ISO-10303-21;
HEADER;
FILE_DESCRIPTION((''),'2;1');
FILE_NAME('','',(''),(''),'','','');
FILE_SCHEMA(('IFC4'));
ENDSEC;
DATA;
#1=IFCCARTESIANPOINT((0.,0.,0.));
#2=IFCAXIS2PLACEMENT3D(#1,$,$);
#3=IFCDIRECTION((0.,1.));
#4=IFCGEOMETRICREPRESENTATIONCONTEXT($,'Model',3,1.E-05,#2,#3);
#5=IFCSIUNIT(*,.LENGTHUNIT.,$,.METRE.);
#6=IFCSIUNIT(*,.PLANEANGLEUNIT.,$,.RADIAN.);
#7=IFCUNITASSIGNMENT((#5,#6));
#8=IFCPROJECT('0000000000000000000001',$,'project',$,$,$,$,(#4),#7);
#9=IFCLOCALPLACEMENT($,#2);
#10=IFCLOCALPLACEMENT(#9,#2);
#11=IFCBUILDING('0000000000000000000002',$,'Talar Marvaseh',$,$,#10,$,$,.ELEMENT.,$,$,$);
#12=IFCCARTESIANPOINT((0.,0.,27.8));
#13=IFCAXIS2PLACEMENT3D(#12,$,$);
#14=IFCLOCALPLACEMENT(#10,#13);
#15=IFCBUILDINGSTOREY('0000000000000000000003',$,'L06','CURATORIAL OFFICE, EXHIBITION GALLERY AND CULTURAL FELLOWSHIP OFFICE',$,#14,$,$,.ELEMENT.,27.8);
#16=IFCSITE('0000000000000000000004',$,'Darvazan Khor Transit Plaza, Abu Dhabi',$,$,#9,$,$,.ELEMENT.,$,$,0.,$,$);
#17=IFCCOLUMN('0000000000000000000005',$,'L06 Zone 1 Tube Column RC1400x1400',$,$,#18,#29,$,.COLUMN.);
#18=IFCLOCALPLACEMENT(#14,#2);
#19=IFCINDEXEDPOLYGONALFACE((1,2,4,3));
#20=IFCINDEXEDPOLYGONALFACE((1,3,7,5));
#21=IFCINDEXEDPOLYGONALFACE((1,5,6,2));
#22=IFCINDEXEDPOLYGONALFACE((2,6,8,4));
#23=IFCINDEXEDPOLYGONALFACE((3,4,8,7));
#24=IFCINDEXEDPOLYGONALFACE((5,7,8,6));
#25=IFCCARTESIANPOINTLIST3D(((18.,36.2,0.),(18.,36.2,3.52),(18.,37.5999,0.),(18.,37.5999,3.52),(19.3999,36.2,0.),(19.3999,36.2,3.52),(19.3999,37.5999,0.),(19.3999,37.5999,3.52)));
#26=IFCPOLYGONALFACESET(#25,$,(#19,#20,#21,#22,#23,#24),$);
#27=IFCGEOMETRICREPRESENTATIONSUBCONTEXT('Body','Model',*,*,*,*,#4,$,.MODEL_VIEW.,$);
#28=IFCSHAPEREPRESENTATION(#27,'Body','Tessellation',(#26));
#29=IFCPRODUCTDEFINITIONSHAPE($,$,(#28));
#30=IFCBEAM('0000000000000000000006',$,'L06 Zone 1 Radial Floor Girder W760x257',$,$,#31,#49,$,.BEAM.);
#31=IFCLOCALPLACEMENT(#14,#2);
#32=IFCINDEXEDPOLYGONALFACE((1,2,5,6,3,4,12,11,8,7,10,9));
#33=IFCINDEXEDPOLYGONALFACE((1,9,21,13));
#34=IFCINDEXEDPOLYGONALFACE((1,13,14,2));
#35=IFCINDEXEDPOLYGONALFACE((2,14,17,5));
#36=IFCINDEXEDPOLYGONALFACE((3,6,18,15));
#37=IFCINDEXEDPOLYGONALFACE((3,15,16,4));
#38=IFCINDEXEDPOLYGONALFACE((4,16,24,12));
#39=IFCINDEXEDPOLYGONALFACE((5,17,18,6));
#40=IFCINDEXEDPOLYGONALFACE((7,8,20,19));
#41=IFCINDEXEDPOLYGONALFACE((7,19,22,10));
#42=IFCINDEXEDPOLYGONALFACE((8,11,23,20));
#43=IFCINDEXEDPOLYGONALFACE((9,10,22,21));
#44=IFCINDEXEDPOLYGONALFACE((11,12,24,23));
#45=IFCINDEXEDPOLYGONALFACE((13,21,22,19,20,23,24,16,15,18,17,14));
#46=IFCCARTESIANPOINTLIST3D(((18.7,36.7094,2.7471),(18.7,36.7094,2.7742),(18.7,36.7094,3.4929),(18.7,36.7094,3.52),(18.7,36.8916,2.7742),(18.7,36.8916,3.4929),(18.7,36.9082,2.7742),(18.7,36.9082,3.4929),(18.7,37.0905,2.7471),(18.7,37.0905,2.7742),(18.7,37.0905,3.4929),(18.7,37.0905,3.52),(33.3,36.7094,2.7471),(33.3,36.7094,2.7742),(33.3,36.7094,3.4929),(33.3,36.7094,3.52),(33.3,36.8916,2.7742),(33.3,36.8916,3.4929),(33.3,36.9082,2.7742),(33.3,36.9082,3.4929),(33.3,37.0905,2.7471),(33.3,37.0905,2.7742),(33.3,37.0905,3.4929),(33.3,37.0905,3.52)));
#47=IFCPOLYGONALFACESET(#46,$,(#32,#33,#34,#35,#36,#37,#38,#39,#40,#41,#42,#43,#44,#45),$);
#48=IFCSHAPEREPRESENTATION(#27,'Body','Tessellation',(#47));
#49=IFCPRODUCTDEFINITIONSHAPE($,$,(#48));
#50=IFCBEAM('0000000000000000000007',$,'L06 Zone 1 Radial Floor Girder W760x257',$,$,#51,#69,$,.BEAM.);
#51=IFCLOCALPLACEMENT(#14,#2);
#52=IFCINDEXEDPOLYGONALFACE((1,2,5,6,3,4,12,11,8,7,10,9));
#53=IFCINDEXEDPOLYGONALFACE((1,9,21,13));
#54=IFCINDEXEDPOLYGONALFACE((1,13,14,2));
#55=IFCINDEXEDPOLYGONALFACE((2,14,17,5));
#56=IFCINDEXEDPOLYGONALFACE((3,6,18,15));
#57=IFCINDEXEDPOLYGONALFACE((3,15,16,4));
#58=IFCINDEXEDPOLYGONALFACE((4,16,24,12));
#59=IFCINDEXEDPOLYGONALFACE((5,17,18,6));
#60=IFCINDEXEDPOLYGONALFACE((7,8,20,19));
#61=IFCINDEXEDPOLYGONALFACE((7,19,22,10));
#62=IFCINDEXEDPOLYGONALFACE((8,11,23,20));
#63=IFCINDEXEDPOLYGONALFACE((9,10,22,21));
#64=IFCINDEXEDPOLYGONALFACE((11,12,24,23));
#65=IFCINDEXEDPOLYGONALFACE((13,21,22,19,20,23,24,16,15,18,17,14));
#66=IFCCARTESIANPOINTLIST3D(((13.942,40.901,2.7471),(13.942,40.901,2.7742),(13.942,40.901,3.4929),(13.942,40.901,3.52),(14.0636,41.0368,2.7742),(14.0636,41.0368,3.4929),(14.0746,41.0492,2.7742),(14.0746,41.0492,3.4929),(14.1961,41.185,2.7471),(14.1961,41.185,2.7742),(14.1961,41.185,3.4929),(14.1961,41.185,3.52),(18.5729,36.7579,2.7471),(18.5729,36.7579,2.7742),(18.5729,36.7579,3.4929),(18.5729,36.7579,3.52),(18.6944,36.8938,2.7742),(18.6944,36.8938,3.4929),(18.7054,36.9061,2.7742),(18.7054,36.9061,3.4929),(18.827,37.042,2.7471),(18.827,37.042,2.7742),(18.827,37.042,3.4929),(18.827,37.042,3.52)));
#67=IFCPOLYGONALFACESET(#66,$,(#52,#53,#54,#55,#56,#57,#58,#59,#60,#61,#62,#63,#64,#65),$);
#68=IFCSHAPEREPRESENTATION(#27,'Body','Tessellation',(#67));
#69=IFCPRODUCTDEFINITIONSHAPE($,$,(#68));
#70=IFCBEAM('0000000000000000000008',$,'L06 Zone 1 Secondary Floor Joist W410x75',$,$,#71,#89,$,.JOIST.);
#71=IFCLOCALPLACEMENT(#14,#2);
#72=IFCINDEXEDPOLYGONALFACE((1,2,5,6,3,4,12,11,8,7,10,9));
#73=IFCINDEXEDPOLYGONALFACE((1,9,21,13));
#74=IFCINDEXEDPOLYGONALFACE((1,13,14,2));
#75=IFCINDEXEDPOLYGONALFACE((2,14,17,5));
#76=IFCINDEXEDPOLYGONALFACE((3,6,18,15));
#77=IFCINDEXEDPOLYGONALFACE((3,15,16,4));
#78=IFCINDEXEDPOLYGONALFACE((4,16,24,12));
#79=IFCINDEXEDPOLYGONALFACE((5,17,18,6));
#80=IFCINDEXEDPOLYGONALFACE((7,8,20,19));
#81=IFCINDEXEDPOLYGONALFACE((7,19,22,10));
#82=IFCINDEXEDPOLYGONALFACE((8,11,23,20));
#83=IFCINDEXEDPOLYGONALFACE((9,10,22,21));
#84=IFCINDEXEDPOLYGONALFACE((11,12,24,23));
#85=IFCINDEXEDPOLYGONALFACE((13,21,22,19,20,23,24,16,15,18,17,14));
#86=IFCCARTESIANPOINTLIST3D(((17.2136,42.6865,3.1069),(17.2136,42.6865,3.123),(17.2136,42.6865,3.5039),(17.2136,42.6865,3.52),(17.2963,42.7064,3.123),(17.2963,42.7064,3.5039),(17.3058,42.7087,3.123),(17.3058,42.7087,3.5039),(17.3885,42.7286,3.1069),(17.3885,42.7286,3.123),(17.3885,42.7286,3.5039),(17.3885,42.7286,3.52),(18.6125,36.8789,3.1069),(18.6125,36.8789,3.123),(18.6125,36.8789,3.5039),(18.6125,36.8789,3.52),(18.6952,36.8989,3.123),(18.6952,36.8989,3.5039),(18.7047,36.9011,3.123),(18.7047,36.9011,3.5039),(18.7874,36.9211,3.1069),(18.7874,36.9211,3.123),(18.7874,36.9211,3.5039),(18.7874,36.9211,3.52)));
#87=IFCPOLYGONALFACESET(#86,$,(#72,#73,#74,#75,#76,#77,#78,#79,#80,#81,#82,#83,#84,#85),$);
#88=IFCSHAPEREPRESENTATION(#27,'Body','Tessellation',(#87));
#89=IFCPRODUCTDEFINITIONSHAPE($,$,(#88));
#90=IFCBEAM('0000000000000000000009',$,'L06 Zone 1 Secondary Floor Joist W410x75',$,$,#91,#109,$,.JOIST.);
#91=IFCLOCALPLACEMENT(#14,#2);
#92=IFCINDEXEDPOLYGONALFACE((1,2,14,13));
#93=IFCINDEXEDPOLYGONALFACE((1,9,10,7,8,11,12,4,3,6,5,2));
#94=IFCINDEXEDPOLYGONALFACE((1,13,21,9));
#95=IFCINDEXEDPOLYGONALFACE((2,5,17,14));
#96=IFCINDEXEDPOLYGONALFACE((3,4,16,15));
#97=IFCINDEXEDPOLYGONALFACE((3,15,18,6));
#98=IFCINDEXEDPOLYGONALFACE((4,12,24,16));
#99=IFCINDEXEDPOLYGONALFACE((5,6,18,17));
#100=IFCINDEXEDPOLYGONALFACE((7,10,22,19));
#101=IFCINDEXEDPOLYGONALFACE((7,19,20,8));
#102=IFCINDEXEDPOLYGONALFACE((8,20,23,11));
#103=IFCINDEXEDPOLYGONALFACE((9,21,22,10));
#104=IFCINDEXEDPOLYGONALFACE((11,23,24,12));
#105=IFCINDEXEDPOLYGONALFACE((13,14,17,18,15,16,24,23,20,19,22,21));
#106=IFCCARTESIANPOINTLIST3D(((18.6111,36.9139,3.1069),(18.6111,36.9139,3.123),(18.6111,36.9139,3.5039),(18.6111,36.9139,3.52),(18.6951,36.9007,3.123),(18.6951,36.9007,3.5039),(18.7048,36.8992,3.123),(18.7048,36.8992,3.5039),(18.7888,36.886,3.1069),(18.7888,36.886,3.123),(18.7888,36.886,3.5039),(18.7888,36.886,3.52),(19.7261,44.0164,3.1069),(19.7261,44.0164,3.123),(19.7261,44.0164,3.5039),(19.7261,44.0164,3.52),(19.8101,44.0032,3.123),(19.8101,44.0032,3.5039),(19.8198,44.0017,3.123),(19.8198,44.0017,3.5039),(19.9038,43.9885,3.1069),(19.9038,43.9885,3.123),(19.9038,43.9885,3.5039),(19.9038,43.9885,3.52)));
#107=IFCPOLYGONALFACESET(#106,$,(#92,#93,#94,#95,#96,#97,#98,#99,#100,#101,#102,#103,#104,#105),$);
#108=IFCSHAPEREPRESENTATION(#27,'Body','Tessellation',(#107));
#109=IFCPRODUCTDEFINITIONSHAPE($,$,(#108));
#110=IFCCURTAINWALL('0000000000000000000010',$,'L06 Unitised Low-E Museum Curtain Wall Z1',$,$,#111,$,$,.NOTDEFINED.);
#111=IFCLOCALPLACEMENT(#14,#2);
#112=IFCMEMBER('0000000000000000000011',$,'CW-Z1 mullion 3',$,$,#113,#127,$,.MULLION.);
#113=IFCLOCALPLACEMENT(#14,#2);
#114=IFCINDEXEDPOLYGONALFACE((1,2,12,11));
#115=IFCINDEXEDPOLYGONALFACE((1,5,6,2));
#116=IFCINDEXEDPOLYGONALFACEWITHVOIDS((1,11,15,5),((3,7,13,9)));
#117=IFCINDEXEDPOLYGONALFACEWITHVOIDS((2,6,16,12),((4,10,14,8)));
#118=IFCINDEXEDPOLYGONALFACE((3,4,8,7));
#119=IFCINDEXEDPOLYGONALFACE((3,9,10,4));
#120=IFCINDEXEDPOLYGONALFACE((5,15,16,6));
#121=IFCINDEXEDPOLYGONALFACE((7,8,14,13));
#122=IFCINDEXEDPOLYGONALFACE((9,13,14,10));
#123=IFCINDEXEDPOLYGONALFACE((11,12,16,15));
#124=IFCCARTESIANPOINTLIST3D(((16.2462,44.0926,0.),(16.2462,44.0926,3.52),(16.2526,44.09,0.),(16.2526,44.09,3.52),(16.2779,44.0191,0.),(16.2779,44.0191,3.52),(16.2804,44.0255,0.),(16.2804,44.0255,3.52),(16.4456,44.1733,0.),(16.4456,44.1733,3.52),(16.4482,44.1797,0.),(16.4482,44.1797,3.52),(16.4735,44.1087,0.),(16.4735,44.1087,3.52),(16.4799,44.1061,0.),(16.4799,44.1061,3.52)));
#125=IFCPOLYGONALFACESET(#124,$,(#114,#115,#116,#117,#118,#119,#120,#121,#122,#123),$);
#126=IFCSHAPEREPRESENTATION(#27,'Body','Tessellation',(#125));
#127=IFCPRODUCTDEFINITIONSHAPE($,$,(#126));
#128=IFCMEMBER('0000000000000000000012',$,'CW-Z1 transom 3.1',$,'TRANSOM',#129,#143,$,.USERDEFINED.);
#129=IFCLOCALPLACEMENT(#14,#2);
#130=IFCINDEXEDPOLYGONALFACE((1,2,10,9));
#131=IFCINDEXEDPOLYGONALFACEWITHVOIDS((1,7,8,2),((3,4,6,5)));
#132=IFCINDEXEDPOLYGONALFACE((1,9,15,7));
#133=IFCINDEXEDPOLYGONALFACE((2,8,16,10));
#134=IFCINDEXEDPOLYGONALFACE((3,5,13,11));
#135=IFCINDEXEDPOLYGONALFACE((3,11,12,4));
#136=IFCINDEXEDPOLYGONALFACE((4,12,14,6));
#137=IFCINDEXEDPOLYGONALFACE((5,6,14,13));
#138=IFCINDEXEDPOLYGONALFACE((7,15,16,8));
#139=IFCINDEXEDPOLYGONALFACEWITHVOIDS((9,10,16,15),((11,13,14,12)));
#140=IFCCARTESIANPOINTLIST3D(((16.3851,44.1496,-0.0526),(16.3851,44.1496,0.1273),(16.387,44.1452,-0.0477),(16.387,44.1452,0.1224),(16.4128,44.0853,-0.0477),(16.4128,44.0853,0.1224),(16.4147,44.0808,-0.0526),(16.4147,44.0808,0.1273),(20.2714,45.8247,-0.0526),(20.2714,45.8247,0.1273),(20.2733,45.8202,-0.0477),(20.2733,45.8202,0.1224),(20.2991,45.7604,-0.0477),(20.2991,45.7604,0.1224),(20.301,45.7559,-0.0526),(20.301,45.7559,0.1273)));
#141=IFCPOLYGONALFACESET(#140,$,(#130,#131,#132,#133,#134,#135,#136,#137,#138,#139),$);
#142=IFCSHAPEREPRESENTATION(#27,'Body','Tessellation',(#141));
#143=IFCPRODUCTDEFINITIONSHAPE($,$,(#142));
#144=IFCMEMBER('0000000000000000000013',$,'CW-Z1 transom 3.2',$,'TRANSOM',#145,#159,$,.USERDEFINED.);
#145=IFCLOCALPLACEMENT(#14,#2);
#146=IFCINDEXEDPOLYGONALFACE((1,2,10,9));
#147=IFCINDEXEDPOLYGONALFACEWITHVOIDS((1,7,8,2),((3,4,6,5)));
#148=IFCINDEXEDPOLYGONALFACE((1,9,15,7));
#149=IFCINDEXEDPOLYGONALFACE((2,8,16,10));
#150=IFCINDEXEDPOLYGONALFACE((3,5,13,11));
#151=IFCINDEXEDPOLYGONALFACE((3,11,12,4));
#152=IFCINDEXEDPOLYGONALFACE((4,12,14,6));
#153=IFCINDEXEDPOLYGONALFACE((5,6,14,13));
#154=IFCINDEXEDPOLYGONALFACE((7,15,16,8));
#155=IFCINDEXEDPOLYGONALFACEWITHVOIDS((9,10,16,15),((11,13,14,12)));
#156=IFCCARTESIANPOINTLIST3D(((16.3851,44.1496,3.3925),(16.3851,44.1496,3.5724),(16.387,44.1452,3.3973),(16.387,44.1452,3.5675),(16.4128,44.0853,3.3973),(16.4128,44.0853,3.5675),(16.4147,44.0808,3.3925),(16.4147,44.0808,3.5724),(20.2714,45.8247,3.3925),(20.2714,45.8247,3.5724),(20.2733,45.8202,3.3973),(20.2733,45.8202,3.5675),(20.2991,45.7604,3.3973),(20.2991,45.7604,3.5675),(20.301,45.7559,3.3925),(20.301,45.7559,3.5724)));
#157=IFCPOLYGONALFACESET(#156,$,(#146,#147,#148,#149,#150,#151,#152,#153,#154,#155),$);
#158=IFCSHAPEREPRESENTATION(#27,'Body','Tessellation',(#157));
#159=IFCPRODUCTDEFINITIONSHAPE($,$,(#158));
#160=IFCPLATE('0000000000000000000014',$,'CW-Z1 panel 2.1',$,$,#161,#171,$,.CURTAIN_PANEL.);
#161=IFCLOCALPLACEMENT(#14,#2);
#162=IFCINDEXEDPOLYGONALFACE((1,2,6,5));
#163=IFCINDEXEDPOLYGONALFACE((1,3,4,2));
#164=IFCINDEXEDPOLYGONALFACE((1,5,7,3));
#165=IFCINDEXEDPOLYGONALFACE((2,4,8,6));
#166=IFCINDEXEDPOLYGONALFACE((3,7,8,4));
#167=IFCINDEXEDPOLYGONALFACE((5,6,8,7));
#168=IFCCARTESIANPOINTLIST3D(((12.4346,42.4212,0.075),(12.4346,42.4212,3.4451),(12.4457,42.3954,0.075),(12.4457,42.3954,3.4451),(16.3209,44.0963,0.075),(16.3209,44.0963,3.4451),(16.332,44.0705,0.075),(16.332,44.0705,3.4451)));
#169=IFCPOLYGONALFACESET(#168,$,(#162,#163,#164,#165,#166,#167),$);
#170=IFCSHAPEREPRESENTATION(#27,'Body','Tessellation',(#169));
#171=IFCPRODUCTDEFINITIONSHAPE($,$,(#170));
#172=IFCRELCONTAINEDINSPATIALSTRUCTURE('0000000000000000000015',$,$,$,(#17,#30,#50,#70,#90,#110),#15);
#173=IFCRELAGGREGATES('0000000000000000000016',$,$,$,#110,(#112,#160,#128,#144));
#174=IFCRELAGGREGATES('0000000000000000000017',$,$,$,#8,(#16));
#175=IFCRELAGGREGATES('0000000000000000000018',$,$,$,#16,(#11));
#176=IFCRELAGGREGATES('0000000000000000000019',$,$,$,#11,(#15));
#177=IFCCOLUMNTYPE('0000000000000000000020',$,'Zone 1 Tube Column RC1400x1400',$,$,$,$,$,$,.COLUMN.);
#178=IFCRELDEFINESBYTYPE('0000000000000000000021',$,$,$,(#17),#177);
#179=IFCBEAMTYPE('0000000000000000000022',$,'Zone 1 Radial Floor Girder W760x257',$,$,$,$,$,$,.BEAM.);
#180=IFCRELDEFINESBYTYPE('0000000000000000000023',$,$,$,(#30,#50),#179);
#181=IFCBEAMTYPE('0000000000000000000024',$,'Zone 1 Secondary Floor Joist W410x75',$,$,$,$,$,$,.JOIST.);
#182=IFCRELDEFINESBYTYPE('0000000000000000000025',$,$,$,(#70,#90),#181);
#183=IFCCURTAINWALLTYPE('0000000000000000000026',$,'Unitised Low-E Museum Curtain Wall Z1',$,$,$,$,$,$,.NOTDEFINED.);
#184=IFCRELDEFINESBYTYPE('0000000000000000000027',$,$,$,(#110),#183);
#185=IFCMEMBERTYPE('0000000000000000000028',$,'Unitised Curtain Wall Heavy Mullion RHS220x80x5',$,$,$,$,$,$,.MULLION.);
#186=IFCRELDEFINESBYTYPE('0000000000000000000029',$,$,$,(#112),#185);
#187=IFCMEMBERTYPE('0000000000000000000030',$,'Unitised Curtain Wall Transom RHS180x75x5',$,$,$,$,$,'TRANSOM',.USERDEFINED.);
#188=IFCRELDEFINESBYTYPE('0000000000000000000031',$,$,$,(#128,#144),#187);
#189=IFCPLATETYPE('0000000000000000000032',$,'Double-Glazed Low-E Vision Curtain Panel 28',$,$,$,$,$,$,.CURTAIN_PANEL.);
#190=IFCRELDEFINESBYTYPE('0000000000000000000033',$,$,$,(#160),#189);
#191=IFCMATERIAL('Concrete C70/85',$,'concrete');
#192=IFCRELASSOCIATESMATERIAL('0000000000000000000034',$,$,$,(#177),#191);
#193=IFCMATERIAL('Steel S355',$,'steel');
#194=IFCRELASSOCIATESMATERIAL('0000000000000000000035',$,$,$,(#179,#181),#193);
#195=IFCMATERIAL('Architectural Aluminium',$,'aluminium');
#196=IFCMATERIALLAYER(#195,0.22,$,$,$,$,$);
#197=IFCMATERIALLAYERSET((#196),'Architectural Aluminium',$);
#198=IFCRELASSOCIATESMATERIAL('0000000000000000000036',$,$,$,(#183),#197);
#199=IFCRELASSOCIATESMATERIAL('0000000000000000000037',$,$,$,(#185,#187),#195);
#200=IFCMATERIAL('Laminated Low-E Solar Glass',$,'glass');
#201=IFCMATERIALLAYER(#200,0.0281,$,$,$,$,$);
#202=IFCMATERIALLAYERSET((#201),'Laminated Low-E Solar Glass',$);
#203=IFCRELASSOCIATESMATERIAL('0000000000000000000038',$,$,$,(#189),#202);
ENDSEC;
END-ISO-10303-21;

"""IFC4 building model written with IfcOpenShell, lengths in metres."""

from ifc_helpers import new_model, si_unit, direction, frame, origin, origin_2d, place, context, subcontext, project, spatial, rectangle, hollow_rectangle, i_section, extrude, source, transform, mapped, material, layer, layer_set, material_profile, profile_set, type_object, type_shapes, element, aggregate, save


model = new_model("IFC4")

# Units and contexts
model_context = context("Model", 3, precision=1e-05, world=origin(), true_north=direction((0.0, 1.0)))
body_context = subcontext(model_context, "Body", "Model", "MODEL_VIEW")
ifc_project = project(units=[si_unit("LENGTHUNIT", "METRE"), si_unit("PLANEANGLEUNIT", "RADIAN")], contexts=[model_context])

# Site, building, storey
site_placement = place(None, origin())
site = spatial("IfcSite", under=ifc_project, at=site_placement, Name="Darvazan Khor Transit Plaza, Abu Dhabi", CompositionType="ELEMENT", RefElevation=0.0)
building_placement = place(site_placement, origin())
building = spatial("IfcBuilding", under=site, at=building_placement, Name="Talar Marvaseh", CompositionType="ELEMENT")
storey_placement = place(building_placement, frame((0.0, 0.0, 27.8)))
storey = spatial("IfcBuildingStorey", under=building, at=storey_placement, Name="L06", Description="CURATORIAL OFFICE, EXHIBITION GALLERY AND CULTURAL FELLOWSHIP OFFICE", CompositionType="ELEMENT", Elevation=27.8)

# Column
ifc_material_1 = material(Name="Concrete C70/85", Category="concrete")
ifc_material_profile_1 = material_profile(ifc_material_1, rectangle(XDim=1.3999, YDim=1.3999, at=origin_2d()), Name="RC1400x1400")
ifc_profile_set_1 = profile_set([ifc_material_profile_1], Name="Concrete C70/85")
column_type = type_object("IfcColumnType", Name="Zone 1 Tube Column RC1400x1400", PredefinedType="COLUMN", material=ifc_profile_set_1)
column_placement = place(storey_placement, frame((18.7, 36.8999, 0.0), z_axis=(0.0, 0.0, 1.0), x_axis=(1.0, 0.0, 0.0)))
element("IfcColumn", 1, at=column_placement, inside=storey, type_object=column_type, Name="L06 Zone 1 Tube Column RC1400x1400", PredefinedType="COLUMN", context=body_context, shape_type="SweptSolid", body=[
    extrude(rectangle(XDim=1.3999, YDim=1.3999, at=origin_2d()), origin(), (0.0, 0.0, 1.0), 3.52),
])

# Beams
ifc_material_2 = material(Name="Steel S355", Category="steel")
ifc_material_profile_2 = material_profile(ifc_material_2, i_section(OverallWidth=0.3811, OverallDepth=0.7729, WebThickness=0.0166, FlangeThickness=0.0271, at=origin_2d()), Name="W760x257")
ifc_profile_set_2 = profile_set([ifc_material_profile_2], Name="Steel S355")
beam_type_1 = type_object("IfcBeamType", Name="Zone 1 Radial Floor Girder W760x257", PredefinedType="BEAM", material=ifc_profile_set_2)
beam_1_placement = place(storey_placement, frame((18.7, 36.8999, 3.1335), z_axis=(1.0, 0.0, 0.0), x_axis=(0.0, 1.0, 0.0)))
element("IfcBeam", 2, at=beam_1_placement, inside=storey, type_object=beam_type_1, Name="L06 Zone 1 Radial Floor Girder W760x257", PredefinedType="BEAM", context=body_context, shape_type="SweptSolid", body=[
    extrude(i_section(OverallWidth=0.3811, OverallDepth=0.7729, WebThickness=0.0166, FlangeThickness=0.0271, at=origin_2d()), origin(), (0.0, 0.0, 1.0), 14.6001),
])
beam_2_placement = place(storey_placement, frame((14.0691, 41.043, 3.1335), z_axis=(0.745268, -0.666765, 0.0), x_axis=(0.666765, 0.745268, 0.0)))
element("IfcBeam", 3, at=beam_2_placement, inside=storey, type_object=beam_type_1, Name="L06 Zone 1 Radial Floor Girder W760x257", PredefinedType="BEAM", context=body_context, shape_type="SweptSolid", body=[
    extrude(i_section(OverallWidth=0.3811, OverallDepth=0.7729, WebThickness=0.0166, FlangeThickness=0.0271, at=origin_2d()), origin(), (0.0, 0.0, 1.0), 6.2136),
])
ifc_material_profile_3 = material_profile(ifc_material_2, i_section(OverallWidth=0.1799, OverallDepth=0.4131, WebThickness=0.0098, FlangeThickness=0.0161, at=origin_2d()), Name="W410x75")
ifc_profile_set_3 = profile_set([ifc_material_profile_3], Name="Steel S355")
beam_type_2 = type_object("IfcBeamType", Name="Zone 1 Secondary Floor Joist W410x75", PredefinedType="JOIST", material=ifc_profile_set_3)
beam_3_placement = place(storey_placement, frame((17.301, 42.7075, 3.3135), z_axis=(0.23418, -0.972193, 0.0), x_axis=(0.972193, 0.23418, 0.0)))
element("IfcBeam", 4, at=beam_3_placement, inside=storey, type_object=beam_type_2, Name="L06 Zone 1 Secondary Floor Joist W410x75", PredefinedType="JOIST", context=body_context, shape_type="SweptSolid", body=[
    extrude(i_section(OverallWidth=0.1799, OverallDepth=0.4131, WebThickness=0.0098, FlangeThickness=0.0161, at=origin_2d()), origin(), (0.0, 0.0, 1.0), 5.9736),
])
beam_4_placement = place(storey_placement, frame((19.8149, 44.0024, 3.3135), z_axis=(-0.155085, -0.987901, 0.0), x_axis=(0.987901, -0.155085, 0.0)))
element("IfcBeam", 5, at=beam_4_placement, inside=storey, type_object=beam_type_2, Name="L06 Zone 1 Secondary Floor Joist W410x75", PredefinedType="JOIST", context=body_context, shape_type="SweptSolid", body=[
    extrude(i_section(OverallWidth=0.1799, OverallDepth=0.4131, WebThickness=0.0098, FlangeThickness=0.0161, at=origin_2d()), origin(), (0.0, 0.0, 1.0), 7.1895),
])

# Curtain wall, members, plate
ifc_material_3 = material(Name="Architectural Aluminium", Category="aluminium")
ifc_layer_1 = layer(ifc_material_3, 0.22)
ifc_layer_set_1 = layer_set([ifc_layer_1], Name="Architectural Aluminium")
curtain_wall_type = type_object("IfcCurtainWallType", Name="Unitised Low-E Museum Curtain Wall Z1", PredefinedType="NOTDEFINED", material=ifc_layer_set_1)
curtain_wall_placement = place(storey_placement, origin())
curtain_wall = element("IfcCurtainWall", 6, at=curtain_wall_placement, inside=storey, type_object=curtain_wall_type, Name="L06 Unitised Low-E Museum Curtain Wall Z1", PredefinedType="NOTDEFINED")
ifc_material_profile_4 = material_profile(ifc_material_3, hollow_rectangle(XDim=0.0801, YDim=0.22, WallThickness=0.0049, at=origin_2d()), Name="RHS220x80x5")
ifc_profile_set_4 = profile_set([ifc_material_profile_4], Name="Architectural Aluminium")
member_type_1 = type_object("IfcMemberType", Name="Unitised Curtain Wall Heavy Mullion RHS220x80x5", PredefinedType="MULLION", material=ifc_profile_set_4)
shared_shape_1 = source(origin(), body_context, "Body", "SweptSolid", [
    extrude(hollow_rectangle(XDim=0.0801, YDim=0.22, WallThickness=0.0049, at=origin_2d()), origin(), (0.0, 0.0, 1.0), 3.52),
])
type_shapes(member_type_1, [shared_shape_1])
member_1_placement = place(storey_placement, frame((16.363, 44.0994, 0.0), z_axis=(0.0, 0.0, 1.0), x_axis=(-0.395831, 0.918323, 0.0)))
member_1 = element("IfcMember", 7, at=member_1_placement, type_object=member_type_1, Name="CW-Z1 mullion 3", PredefinedType="MULLION", context=body_context, shape_type="MappedRepresentation", body=[
    mapped(shared_shape_1, transform((0.0, 0.0, 0.0), x_axis=(1.0, 0.0, 0.0), y_axis=(0.0, 1.0, 0.0), z_axis=(0.0, 0.0, 1.0), scale=1.0)),
])
ifc_material_profile_5 = material_profile(ifc_material_3, hollow_rectangle(XDim=0.075, YDim=0.1799, WallThickness=0.0049, at=origin_2d()), Name="RHS180x75x5")
ifc_profile_set_5 = profile_set([ifc_material_profile_5], Name="Architectural Aluminium")
member_type_2 = type_object("IfcMemberType", Name="Unitised Curtain Wall Transom RHS180x75x5", ElementType="TRANSOM", PredefinedType="USERDEFINED", material=ifc_profile_set_5)
shared_shape_2 = source(origin(), body_context, "Body", "SweptSolid", [
    extrude(hollow_rectangle(XDim=0.075, YDim=0.1799, WallThickness=0.0049, at=origin_2d()), origin(), (0.0, 0.0, 1.0), 4.2319),
])
type_shapes(member_type_2, [shared_shape_2])
member_2_placement = place(storey_placement, frame((16.3999, 44.1152, 0.0374), z_axis=(0.918328, 0.395819, 0.0), x_axis=(-0.395819, 0.918328, 0.0)))
member_2 = element("IfcMember", 8, at=member_2_placement, type_object=member_type_2, Name="CW-Z1 transom 3.1", ObjectType="TRANSOM", PredefinedType="USERDEFINED", context=body_context, shape_type="MappedRepresentation", body=[
    mapped(shared_shape_2, transform((0.0, 0.0, 0.0), x_axis=(1.0, 0.0, 0.0), y_axis=(0.0, 1.0, 0.0), z_axis=(0.0, 0.0, 1.0), scale=1.0)),
])
member_3_placement = place(storey_placement, frame((16.3999, 44.1152, 3.4824), z_axis=(0.918328, 0.395819, 0.0), x_axis=(-0.395819, 0.918328, 0.0)))
member_3 = element("IfcMember", 9, at=member_3_placement, type_object=member_type_2, Name="CW-Z1 transom 3.2", ObjectType="TRANSOM", PredefinedType="USERDEFINED", context=body_context, shape_type="MappedRepresentation", body=[
    mapped(shared_shape_2, transform((0.0, 0.0, 0.0), x_axis=(1.0, 0.0, 0.0), y_axis=(0.0, 1.0, 0.0), z_axis=(0.0, 0.0, 1.0), scale=1.0)),
])
ifc_material_4 = material(Name="Laminated Low-E Solar Glass", Category="glass")
ifc_layer_2 = layer(ifc_material_4, 0.0281)
ifc_layer_set_2 = layer_set([ifc_layer_2], Name="Laminated Low-E Solar Glass")
plate_type = type_object("IfcPlateType", Name="Double-Glazed Low-E Vision Curtain Panel 28", PredefinedType="CURTAIN_PANEL", material=ifc_layer_set_2)
shared_shape_3 = source(origin(), body_context, "Body", "SweptSolid", [
    extrude(rectangle(XDim=4.2319, YDim=0.0281, at=origin_2d()), origin(), (0.0, 0.0, 1.0), 3.3701),
])
type_shapes(plate_type, [shared_shape_3])
plate_1_placement = place(storey_placement, frame((14.3833, 43.2458, 0.075), z_axis=(0.0, 0.0, 1.0), x_axis=(0.918323, 0.395831, 0.0)))
plate_1 = element("IfcPlate", 10, at=plate_1_placement, type_object=plate_type, Name="CW-Z1 panel 2.1", PredefinedType="CURTAIN_PANEL", context=body_context, shape_type="MappedRepresentation", body=[
    mapped(shared_shape_3, transform((0.0, 0.0, 0.0), x_axis=(1.0, 0.0, 0.0), y_axis=(0.0, 1.0, 0.0), z_axis=(0.0, 0.0, 1.0), scale=1.0)),
])
aggregate(curtain_wall, [member_1, plate_1, member_2, member_3])

save(model, "model.ifc")
